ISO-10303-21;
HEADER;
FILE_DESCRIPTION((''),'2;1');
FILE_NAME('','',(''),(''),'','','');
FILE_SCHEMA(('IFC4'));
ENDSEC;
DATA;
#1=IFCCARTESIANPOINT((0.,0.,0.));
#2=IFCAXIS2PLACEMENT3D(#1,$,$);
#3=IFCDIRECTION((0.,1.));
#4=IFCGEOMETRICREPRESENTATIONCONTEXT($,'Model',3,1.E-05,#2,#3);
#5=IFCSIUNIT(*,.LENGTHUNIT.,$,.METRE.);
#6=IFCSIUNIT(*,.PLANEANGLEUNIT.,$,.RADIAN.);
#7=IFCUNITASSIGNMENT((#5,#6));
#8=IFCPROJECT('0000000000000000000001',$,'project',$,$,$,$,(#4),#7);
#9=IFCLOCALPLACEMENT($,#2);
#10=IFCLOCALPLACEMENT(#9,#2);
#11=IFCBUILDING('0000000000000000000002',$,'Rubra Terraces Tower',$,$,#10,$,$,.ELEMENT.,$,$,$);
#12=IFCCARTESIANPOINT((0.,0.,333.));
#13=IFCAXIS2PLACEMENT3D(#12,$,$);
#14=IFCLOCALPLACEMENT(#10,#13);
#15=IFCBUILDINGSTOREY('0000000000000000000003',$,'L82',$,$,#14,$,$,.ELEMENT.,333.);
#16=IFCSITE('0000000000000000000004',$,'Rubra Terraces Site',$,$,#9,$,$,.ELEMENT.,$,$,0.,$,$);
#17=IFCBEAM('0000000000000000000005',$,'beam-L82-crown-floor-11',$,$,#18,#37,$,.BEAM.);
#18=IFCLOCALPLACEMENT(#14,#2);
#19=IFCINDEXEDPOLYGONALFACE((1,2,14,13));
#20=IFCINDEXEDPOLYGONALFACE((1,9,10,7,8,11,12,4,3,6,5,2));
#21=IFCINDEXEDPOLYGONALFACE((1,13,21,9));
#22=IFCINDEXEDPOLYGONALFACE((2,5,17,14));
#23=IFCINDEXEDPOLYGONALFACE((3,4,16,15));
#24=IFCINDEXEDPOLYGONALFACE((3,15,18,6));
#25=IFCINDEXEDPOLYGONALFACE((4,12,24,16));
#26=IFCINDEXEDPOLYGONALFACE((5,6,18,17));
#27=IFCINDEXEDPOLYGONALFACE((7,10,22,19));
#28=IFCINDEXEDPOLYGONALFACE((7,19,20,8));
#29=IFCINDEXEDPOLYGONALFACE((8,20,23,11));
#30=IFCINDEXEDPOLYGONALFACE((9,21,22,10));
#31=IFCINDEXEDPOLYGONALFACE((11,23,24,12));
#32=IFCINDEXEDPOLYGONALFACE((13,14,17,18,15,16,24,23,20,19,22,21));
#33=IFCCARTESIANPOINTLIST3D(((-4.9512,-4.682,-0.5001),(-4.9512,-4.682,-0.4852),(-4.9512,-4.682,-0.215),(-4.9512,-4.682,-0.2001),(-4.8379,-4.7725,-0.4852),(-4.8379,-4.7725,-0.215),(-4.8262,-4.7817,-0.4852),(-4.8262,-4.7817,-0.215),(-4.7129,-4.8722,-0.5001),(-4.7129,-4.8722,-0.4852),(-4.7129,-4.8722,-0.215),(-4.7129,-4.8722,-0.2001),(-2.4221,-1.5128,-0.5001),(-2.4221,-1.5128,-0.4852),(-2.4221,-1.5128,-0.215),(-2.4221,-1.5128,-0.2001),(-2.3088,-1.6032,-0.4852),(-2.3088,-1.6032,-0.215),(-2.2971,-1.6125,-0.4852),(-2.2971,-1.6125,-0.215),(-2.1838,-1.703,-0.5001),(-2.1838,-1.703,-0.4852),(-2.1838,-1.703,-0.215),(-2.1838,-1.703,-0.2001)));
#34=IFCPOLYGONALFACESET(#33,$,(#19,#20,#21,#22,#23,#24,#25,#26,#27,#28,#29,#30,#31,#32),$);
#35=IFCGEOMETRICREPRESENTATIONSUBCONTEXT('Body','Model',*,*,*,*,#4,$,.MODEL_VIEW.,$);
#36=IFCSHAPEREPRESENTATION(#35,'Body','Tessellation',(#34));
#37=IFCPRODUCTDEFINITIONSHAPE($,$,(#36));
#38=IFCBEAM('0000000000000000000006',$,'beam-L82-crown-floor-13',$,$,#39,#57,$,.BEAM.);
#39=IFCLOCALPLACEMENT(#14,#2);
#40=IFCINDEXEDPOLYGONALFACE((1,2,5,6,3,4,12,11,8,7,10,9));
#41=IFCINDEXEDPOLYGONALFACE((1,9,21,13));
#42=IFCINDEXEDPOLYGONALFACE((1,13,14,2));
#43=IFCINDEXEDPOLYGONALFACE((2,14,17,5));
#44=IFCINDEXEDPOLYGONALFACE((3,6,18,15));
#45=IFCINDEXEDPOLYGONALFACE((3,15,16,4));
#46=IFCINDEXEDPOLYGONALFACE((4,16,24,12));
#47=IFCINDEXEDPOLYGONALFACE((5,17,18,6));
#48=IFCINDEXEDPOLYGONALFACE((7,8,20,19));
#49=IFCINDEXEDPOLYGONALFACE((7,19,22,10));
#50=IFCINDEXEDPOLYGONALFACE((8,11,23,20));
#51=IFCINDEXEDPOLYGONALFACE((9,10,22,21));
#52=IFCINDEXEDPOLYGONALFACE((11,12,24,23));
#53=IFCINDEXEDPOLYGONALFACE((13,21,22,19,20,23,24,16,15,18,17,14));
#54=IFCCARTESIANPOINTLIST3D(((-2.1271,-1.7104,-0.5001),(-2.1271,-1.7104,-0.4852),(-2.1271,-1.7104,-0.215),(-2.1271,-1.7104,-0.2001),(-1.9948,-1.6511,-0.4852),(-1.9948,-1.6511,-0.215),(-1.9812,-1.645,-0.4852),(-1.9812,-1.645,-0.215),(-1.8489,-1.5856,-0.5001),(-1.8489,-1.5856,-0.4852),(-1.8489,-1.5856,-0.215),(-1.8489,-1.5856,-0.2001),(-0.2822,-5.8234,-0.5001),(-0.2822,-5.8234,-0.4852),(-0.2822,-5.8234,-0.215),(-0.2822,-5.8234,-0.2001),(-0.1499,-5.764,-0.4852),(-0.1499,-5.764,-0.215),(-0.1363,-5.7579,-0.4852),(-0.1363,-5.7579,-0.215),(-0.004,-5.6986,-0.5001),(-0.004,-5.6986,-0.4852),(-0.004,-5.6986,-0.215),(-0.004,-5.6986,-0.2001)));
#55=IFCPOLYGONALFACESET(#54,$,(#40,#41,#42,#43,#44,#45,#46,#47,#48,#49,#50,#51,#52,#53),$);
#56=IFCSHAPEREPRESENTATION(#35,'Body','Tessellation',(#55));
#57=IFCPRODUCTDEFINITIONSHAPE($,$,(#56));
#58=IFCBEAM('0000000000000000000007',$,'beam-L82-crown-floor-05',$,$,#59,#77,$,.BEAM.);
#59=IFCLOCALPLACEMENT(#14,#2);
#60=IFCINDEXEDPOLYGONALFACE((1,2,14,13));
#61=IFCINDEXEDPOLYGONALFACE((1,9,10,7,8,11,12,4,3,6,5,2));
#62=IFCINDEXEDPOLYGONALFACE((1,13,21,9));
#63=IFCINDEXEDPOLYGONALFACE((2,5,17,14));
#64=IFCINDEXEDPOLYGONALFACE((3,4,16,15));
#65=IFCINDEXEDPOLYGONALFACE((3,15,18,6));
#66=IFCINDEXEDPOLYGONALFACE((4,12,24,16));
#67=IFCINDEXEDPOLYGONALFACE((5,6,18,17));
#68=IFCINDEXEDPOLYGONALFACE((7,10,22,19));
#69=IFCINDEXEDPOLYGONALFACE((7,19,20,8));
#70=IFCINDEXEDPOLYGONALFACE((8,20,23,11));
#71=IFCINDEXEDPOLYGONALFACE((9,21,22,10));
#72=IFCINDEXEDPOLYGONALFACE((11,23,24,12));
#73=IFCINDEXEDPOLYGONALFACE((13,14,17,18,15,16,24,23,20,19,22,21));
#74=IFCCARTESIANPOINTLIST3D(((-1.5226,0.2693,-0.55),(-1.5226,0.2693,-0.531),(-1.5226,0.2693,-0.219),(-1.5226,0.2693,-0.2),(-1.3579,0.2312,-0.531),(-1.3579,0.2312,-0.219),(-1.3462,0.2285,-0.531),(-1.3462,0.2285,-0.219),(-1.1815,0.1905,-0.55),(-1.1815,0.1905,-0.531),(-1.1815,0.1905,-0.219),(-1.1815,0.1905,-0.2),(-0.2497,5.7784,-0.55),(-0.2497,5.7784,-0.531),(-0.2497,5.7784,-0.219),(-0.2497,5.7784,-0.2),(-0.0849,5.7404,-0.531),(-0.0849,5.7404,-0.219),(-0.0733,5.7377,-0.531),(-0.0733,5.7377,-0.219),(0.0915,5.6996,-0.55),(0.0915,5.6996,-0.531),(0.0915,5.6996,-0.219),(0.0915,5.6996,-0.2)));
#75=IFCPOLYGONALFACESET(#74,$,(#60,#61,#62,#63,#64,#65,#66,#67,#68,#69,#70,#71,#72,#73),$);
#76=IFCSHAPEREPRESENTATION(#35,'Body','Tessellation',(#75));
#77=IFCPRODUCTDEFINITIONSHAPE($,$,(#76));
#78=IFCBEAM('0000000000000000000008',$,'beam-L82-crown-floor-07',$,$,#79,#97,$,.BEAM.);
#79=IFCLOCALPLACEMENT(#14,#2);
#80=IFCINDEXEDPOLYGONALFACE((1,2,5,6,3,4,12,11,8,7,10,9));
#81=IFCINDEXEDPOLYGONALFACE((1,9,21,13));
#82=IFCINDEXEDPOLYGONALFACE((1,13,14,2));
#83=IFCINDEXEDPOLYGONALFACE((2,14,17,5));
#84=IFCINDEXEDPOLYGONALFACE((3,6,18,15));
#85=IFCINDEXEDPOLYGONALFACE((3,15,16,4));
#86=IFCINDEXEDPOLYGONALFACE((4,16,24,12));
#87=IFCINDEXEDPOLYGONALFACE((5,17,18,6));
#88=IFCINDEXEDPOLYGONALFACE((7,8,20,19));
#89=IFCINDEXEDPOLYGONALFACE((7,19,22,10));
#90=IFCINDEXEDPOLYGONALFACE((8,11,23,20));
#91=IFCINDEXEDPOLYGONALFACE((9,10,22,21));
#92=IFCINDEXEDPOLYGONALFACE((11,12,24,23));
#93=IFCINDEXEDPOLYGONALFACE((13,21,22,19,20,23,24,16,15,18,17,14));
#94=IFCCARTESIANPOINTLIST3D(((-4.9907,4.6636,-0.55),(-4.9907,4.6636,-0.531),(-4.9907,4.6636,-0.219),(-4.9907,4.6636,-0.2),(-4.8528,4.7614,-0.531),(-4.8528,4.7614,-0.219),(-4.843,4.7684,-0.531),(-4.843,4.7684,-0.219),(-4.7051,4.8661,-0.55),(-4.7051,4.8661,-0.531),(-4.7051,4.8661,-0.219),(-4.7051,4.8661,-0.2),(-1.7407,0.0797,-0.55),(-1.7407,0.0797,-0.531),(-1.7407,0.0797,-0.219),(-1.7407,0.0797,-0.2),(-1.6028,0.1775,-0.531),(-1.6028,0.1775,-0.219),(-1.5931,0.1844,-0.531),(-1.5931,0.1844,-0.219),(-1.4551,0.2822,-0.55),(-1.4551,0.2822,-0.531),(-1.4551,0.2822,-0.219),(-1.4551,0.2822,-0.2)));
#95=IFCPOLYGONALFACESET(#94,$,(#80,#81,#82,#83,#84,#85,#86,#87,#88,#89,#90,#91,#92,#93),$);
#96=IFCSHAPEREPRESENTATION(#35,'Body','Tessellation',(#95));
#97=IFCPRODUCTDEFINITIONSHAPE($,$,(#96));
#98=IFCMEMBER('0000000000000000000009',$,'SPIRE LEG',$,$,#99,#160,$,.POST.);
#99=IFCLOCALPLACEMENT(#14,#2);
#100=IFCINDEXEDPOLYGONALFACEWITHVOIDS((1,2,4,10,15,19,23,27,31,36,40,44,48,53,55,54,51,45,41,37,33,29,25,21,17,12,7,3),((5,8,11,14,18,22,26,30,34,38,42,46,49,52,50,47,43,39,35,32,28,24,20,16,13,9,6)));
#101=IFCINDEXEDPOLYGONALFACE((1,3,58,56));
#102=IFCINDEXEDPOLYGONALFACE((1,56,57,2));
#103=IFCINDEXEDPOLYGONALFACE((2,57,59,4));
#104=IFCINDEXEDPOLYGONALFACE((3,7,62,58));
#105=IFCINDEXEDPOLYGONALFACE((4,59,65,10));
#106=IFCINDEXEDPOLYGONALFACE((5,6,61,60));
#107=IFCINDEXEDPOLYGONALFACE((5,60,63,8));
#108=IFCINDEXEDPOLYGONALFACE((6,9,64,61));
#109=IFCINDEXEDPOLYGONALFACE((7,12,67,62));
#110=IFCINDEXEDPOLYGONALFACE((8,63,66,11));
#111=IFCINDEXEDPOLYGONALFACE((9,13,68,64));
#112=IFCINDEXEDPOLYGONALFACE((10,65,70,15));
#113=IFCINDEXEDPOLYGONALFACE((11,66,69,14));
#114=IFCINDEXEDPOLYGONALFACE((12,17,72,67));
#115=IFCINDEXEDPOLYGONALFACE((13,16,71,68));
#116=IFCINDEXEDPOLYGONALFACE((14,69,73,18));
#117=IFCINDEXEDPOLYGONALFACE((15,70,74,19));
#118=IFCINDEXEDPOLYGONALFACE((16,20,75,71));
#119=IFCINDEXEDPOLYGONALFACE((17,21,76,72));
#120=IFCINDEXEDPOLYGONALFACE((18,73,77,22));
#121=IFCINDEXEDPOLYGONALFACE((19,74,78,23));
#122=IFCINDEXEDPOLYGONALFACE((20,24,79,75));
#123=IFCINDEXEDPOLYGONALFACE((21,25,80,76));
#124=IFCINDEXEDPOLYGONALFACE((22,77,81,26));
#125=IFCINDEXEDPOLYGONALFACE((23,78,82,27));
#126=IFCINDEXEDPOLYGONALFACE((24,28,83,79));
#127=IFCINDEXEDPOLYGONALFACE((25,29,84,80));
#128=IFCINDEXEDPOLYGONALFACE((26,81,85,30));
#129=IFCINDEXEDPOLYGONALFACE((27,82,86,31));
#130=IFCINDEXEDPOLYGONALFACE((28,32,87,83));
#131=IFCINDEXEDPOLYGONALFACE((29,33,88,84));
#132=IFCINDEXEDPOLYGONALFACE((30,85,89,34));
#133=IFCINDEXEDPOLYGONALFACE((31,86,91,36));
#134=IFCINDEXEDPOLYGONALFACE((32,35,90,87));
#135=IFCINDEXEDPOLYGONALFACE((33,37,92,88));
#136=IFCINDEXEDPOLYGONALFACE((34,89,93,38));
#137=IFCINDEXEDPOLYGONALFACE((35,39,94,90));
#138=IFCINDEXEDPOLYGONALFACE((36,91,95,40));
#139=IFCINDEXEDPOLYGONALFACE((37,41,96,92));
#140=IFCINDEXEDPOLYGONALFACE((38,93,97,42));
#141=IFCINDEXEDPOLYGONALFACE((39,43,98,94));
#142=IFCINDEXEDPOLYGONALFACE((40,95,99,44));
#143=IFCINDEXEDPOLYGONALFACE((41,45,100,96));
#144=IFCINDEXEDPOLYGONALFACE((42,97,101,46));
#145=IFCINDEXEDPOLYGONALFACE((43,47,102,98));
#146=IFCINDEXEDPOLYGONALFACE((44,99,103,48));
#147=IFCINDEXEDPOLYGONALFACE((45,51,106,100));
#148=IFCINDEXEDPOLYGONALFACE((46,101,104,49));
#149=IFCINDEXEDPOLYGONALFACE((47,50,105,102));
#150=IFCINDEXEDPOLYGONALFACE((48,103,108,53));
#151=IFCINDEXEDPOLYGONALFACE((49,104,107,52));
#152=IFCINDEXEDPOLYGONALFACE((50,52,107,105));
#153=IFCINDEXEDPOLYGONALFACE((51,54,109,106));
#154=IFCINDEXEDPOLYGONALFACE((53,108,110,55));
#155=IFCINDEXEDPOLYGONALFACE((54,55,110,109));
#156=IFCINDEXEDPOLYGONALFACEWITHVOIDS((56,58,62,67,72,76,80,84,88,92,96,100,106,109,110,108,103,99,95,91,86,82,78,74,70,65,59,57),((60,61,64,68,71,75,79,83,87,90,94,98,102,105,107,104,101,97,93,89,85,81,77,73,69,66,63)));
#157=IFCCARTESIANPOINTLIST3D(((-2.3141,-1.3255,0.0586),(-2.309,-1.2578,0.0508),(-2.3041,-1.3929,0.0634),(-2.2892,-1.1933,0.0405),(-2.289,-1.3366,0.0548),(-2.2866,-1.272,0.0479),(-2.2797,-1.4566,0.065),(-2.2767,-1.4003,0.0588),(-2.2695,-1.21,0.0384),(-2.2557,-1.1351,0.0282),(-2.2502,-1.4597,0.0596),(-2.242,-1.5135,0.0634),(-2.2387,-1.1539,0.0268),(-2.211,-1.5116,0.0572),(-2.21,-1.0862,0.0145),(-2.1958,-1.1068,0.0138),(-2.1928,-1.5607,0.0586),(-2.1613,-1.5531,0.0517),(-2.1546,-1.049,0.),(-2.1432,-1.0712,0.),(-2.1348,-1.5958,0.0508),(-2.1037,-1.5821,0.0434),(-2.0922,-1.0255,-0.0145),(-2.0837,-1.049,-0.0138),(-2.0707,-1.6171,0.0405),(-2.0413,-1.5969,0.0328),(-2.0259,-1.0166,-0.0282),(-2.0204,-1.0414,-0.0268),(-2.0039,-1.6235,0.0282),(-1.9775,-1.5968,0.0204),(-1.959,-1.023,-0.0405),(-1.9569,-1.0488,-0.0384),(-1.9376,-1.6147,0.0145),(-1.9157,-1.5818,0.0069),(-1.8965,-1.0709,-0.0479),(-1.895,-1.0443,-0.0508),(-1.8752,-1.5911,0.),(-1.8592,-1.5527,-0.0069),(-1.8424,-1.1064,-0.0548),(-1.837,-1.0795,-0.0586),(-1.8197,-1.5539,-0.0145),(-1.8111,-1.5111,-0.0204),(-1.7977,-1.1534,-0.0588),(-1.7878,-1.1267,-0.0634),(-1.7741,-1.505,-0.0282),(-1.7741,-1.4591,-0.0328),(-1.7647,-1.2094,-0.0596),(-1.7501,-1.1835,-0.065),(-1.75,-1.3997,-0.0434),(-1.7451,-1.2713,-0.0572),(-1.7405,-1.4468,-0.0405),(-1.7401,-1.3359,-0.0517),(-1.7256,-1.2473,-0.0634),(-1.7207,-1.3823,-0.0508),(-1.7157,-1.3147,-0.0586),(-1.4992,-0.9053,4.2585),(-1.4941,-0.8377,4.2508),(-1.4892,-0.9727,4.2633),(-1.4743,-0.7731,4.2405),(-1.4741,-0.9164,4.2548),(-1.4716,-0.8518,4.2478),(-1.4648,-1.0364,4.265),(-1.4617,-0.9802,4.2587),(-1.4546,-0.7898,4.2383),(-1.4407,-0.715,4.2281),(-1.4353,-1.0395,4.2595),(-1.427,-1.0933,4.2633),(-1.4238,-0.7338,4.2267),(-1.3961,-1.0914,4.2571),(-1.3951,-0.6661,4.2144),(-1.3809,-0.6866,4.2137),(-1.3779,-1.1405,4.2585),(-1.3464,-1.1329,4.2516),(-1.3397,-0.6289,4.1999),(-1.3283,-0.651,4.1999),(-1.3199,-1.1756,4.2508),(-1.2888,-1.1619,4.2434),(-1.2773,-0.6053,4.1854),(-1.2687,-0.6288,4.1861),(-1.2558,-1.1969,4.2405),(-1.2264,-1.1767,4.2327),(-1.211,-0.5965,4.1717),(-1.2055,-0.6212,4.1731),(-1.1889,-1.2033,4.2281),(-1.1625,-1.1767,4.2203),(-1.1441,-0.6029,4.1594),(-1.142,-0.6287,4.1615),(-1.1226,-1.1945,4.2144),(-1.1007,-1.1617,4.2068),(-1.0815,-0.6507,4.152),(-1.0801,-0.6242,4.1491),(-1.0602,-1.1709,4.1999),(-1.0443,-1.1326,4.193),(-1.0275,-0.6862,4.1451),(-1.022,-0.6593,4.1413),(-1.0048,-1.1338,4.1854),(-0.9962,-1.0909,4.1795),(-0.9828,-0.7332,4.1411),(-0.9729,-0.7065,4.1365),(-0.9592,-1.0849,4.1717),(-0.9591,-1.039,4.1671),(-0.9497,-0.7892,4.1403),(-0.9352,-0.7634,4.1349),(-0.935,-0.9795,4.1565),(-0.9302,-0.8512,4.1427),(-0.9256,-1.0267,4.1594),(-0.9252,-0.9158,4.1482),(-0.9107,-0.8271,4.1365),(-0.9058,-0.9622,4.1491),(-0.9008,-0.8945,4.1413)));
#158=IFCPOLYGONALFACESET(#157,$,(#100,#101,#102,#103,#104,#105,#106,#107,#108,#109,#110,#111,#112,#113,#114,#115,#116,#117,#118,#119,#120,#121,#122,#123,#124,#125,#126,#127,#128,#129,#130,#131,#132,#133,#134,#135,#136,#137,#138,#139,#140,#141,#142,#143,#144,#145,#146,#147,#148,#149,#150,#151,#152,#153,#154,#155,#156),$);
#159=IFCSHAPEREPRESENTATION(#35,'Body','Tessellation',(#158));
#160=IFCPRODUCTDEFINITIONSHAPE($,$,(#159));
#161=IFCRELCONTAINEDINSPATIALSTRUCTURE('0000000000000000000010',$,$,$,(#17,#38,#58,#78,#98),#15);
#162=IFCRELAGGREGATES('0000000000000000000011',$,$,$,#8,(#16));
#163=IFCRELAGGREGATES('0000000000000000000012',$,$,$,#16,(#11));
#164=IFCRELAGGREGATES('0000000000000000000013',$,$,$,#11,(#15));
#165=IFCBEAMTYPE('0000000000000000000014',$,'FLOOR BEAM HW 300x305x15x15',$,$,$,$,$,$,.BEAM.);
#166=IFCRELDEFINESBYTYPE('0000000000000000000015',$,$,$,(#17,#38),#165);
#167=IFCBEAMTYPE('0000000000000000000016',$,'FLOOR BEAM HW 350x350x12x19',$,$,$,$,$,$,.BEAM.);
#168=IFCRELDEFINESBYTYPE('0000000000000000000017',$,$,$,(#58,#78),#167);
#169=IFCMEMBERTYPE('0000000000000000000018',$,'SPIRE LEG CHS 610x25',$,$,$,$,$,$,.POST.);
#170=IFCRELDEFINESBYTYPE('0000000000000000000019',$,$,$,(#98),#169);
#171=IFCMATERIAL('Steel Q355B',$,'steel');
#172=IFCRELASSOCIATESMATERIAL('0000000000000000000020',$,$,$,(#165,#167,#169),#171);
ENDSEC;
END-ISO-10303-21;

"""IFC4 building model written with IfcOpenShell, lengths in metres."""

from ifc_helpers import new_model, si_unit, direction, frame, origin, origin_2d, place, context, subcontext, project, spatial, hollow_circle, i_section, extrude, material, material_profile, profile_set, type_object, element, save


model = new_model("IFC4")

# Units and contexts
model_context = context("Model", 3, precision=1e-05, world=origin(), true_north=direction((0.0, 1.0)))
body_context = subcontext(model_context, "Body", "Model", "MODEL_VIEW")
ifc_project = project(units=[si_unit("LENGTHUNIT", "METRE"), si_unit("PLANEANGLEUNIT", "RADIAN")], contexts=[model_context])

# Site, building, storey
site_placement = place(None, origin())
site = spatial("IfcSite", under=ifc_project, at=site_placement, Name="Rubra Terraces Site", CompositionType="ELEMENT", RefElevation=0.0)
building_placement = place(site_placement, origin())
building = spatial("IfcBuilding", under=site, at=building_placement, Name="Rubra Terraces Tower", CompositionType="ELEMENT")
storey_placement = place(building_placement, frame((0.0, 0.0, 333.0)))
storey = spatial("IfcBuildingStorey", under=building, at=storey_placement, Name="L82", CompositionType="ELEMENT", Elevation=333.0)

# Shared definitions
ifc_material_1 = material(Name="Steel Q355B", Category="steel")

# Beams
ifc_material_profile_1 = material_profile(ifc_material_1, i_section(OverallWidth=0.3049, OverallDepth=0.3, WebThickness=0.0149, FlangeThickness=0.0149, at=origin_2d()), Name="HW 300x305x15x15")
ifc_profile_set_1 = profile_set([ifc_material_profile_1], Name="Steel Q355B")
beam_type_1 = type_object("IfcBeamType", Name="FLOOR BEAM HW 300x305x15x15", PredefinedType="BEAM", material=ifc_profile_set_1)
beam_1_placement = place(storey_placement, frame((-4.832, -4.7771, -0.3501), z_axis=(0.623747, 0.781626, 0.0), x_axis=(-0.781626, 0.623747, 0.0)))
element("IfcBeam", 1, at=beam_1_placement, inside=storey, type_object=beam_type_1, Name="beam-L82-crown-floor-11", PredefinedType="BEAM", context=body_context, shape_type="SweptSolid", body=[
    extrude(i_section(OverallWidth=0.3049, OverallDepth=0.3, WebThickness=0.0149, FlangeThickness=0.0149, at=origin_2d()), origin(), (0.0, 0.0, 1.0), 4.0547),
])
beam_2_placement = place(storey_placement, frame((-0.1431, -5.761, -0.3501), z_axis=(-0.409277, 0.91241, 0.0), x_axis=(-0.91241, -0.409277, 0.0)))
element("IfcBeam", 2, at=beam_2_placement, inside=storey, type_object=beam_type_1, Name="beam-L82-crown-floor-13", PredefinedType="BEAM", context=body_context, shape_type="SweptSolid", body=[
    extrude(i_section(OverallWidth=0.3049, OverallDepth=0.3, WebThickness=0.0149, FlangeThickness=0.0149, at=origin_2d()), origin(), (0.0, 0.0, 1.0), 4.5078),
])
ifc_material_profile_2 = material_profile(ifc_material_1, i_section(OverallWidth=0.3501, OverallDepth=0.3501, WebThickness=0.012, FlangeThickness=0.019, at=origin_2d()), Name="HW 350x350x12x19")
ifc_profile_set_2 = profile_set([ifc_material_profile_2], Name="Steel Q355B")
beam_type_2 = type_object("IfcBeamType", Name="FLOOR BEAM HW 350x350x12x19", PredefinedType="BEAM", material=ifc_profile_set_2)
beam_3_placement = place(storey_placement, frame((-0.0791, 5.739, -0.375), z_axis=(-0.225134, -0.974328, 0.0), x_axis=(0.974328, -0.225134, 0.0)))
element("IfcBeam", 3, at=beam_3_placement, inside=storey, type_object=beam_type_2, Name="beam-L82-crown-floor-05", PredefinedType="BEAM", context=body_context, shape_type="SweptSolid", body=[
    extrude(i_section(OverallWidth=0.3501, OverallDepth=0.3501, WebThickness=0.012, FlangeThickness=0.019, at=origin_2d()), origin(), (0.0, 0.0, 1.0), 5.6543),
])
beam_4_placement = place(storey_placement, frame((-4.8479, 4.7649, -0.375), z_axis=(0.578374, -0.815772, 0.0), x_axis=(0.815772, 0.578374, 0.0)))
element("IfcBeam", 4, at=beam_4_placement, inside=storey, type_object=beam_type_2, Name="beam-L82-crown-floor-07", PredefinedType="BEAM", context=body_context, shape_type="SweptSolid", body=[
    extrude(i_section(OverallWidth=0.3501, OverallDepth=0.3501, WebThickness=0.012, FlangeThickness=0.019, at=origin_2d()), origin(), (0.0, 0.0, 1.0), 5.6191),
])

# Member
ifc_material_profile_3 = material_profile(ifc_material_1, hollow_circle(Radius=0.3049, WallThickness=0.0249, at=origin_2d()), Name="CHS 610x25")
ifc_profile_set_3 = profile_set([ifc_material_profile_3], Name="Steel Q355B")
member_type_1 = type_object("IfcMemberType", Name="SPIRE LEG CHS 610x25", PredefinedType="POST", material=ifc_profile_set_3)
member_1_placement = place(storey_placement, frame((-2.0149, -1.3201, 0.0), z_axis=(0.189571, 0.097739, 0.97699), x_axis=(-0.458256, 0.88882, 0.0)))
element("IfcMember", 5, at=member_1_placement, inside=storey, type_object=member_type_1, Name="SPIRE LEG", PredefinedType="POST", context=body_context, shape_type="SweptSolid", body=[
    extrude(hollow_circle(Radius=0.3049, WallThickness=0.0249, at=origin_2d()), origin(), (0.0, 0.0, 1.0), 4.2988),
])

save(model, "model.ifc")
